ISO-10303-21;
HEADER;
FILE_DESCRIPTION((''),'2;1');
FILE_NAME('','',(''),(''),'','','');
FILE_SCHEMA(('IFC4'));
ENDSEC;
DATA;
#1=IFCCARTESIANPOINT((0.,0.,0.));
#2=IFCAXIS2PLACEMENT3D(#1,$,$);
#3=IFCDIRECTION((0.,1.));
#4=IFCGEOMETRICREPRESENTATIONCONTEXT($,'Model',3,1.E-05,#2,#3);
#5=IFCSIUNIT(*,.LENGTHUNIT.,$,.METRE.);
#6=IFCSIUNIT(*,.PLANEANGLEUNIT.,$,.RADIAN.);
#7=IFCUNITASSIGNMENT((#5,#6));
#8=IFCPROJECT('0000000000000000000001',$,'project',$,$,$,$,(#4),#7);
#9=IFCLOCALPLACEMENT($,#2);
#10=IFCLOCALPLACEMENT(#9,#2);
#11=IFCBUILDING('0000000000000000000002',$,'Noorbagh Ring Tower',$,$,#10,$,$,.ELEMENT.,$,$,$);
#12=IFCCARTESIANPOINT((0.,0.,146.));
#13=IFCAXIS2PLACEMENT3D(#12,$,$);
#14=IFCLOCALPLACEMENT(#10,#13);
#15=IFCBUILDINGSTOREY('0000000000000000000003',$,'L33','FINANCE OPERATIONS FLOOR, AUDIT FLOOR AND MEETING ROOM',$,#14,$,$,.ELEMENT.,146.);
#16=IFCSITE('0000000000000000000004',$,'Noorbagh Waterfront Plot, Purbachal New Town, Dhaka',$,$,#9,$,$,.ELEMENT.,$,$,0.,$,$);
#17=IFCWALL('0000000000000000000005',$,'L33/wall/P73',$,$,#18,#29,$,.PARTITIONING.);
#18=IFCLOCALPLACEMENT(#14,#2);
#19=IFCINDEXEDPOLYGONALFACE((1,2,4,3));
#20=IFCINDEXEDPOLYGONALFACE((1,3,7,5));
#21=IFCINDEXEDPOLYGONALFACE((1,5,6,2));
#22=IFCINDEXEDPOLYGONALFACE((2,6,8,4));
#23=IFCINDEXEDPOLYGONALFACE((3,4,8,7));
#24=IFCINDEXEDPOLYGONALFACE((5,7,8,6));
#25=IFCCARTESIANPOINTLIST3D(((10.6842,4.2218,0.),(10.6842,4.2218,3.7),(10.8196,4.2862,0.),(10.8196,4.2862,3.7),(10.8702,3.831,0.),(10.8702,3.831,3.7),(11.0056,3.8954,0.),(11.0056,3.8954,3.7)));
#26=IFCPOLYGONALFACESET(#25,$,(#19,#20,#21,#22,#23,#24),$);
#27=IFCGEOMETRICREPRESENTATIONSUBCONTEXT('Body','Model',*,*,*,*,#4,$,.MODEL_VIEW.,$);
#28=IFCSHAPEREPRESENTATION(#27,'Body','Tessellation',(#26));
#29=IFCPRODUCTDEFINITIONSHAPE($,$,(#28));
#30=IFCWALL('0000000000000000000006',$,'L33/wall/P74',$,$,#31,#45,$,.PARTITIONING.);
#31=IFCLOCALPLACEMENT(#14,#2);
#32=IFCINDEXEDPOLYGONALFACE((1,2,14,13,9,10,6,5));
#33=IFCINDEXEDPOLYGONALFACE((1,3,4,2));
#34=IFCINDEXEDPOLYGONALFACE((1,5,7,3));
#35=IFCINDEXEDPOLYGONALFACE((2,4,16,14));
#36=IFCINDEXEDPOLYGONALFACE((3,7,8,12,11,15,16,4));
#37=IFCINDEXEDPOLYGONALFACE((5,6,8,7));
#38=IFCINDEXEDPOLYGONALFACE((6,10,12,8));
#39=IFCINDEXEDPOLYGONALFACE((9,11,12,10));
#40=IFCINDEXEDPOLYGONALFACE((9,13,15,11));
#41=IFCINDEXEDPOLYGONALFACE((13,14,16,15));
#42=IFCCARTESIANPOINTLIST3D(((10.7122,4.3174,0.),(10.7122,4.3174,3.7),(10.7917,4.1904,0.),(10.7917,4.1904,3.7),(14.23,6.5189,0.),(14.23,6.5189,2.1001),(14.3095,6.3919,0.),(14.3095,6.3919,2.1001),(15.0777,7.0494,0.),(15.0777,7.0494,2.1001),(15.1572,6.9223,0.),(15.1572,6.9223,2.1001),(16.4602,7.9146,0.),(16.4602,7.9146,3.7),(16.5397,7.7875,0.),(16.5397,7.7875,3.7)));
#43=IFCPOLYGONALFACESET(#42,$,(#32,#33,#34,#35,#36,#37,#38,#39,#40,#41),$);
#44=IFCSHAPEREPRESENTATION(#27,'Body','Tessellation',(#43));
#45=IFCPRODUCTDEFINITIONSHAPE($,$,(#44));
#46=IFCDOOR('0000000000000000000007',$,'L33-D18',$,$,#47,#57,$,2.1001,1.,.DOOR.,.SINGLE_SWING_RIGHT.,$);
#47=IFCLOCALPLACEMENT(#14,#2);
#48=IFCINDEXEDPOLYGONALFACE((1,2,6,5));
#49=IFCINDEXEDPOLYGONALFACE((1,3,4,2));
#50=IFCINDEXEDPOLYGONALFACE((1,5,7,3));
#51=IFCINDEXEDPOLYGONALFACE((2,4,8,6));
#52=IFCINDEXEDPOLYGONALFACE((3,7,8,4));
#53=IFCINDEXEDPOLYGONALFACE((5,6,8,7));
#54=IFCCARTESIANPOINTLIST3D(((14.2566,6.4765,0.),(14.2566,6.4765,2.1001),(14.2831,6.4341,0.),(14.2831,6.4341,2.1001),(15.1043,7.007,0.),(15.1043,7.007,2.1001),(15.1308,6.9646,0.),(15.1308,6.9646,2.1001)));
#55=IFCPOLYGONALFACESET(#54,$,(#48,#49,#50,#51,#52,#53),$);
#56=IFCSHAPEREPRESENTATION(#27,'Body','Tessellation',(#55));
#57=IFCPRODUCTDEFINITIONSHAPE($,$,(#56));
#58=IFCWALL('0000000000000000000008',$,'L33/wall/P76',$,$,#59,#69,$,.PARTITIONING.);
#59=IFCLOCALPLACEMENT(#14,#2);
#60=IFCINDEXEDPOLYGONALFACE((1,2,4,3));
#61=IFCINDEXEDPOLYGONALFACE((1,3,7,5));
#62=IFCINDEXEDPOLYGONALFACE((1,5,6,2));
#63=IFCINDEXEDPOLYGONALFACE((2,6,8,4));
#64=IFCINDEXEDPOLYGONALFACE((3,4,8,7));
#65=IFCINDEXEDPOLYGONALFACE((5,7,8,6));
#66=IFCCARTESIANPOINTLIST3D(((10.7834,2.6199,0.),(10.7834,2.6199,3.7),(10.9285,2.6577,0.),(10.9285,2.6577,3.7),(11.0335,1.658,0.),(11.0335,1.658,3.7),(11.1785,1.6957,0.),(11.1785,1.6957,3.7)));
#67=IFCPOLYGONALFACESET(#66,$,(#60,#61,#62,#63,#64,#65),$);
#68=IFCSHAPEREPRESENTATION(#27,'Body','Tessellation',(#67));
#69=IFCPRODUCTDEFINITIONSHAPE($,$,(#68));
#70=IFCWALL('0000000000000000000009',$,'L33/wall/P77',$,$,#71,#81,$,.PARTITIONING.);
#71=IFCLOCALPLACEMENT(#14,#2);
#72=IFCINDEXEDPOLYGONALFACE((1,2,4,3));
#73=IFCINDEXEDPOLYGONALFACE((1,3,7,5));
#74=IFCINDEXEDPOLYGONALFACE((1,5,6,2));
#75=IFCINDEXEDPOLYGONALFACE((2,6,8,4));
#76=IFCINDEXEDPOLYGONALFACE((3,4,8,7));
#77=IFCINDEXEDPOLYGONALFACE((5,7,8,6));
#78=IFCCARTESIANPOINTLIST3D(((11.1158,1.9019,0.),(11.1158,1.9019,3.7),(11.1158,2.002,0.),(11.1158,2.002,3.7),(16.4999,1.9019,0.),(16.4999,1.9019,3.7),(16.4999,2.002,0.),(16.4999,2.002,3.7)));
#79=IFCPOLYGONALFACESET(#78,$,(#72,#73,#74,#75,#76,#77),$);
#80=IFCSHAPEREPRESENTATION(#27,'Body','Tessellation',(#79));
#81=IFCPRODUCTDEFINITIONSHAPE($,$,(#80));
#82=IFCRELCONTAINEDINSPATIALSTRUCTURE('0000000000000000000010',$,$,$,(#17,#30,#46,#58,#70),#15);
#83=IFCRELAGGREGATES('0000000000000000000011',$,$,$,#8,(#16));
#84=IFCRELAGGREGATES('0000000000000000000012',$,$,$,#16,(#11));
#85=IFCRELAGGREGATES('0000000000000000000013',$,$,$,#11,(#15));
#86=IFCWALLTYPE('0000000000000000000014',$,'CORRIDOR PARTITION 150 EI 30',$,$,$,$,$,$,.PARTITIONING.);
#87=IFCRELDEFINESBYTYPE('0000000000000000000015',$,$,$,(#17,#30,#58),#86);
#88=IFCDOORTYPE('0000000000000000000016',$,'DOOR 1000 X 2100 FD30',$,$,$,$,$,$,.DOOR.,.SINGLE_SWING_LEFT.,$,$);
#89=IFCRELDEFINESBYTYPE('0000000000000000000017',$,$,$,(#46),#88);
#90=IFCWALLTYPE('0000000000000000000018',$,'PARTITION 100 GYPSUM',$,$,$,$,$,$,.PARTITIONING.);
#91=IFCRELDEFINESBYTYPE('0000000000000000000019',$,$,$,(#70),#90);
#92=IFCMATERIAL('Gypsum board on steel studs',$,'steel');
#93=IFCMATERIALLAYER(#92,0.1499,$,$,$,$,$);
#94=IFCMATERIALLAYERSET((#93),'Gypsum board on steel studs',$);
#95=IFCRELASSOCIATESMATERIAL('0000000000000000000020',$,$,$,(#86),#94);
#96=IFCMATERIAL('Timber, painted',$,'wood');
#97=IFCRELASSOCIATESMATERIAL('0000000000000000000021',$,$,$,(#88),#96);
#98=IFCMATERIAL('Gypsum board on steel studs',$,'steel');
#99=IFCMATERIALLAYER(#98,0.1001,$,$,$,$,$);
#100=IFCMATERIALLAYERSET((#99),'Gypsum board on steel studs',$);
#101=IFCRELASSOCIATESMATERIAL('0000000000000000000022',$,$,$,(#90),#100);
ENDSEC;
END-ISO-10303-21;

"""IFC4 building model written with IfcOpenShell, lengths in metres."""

from ifc_helpers import new_model, si_unit, direction, frame, frame_2d, origin, place, context, subcontext, project, spatial, rectangle, extrude, material, layer, layer_set, type_object, element, fill, save


model = new_model("IFC4")

# Units and contexts
model_context = context("Model", 3, precision=1e-05, world=origin(), true_north=direction((0.0, 1.0)))
body_context = subcontext(model_context, "Body", "Model", "MODEL_VIEW")
ifc_project = project(units=[si_unit("LENGTHUNIT", "METRE"), si_unit("PLANEANGLEUNIT", "RADIAN")], contexts=[model_context])

# Site, building, storey
site_placement = place(None, origin())
site = spatial("IfcSite", under=ifc_project, at=site_placement, Name="Noorbagh Waterfront Plot, Purbachal New Town, Dhaka", CompositionType="ELEMENT", RefElevation=0.0)
building_placement = place(site_placement, origin())
building = spatial("IfcBuilding", under=site, at=building_placement, Name="Noorbagh Ring Tower", CompositionType="ELEMENT")
storey_placement = place(building_placement, frame((0.0, 0.0, 146.0)))
storey = spatial("IfcBuildingStorey", under=building, at=storey_placement, Name="L33", Description="FINANCE OPERATIONS FLOOR, AUDIT FLOOR AND MEETING ROOM", CompositionType="ELEMENT", Elevation=146.0)

# Wall
ifc_material_1 = material(Name="Gypsum board on steel studs", Category="steel")
ifc_layer_1 = layer(ifc_material_1, 0.1499)
ifc_layer_set_1 = layer_set([ifc_layer_1], Name="Gypsum board on steel studs")
wall_type_1 = type_object("IfcWallType", Name="CORRIDOR PARTITION 150 EI 30", PredefinedType="PARTITIONING", material=ifc_layer_set_1)
wall_1_placement = place(storey_placement, frame((10.752, 4.2539, 0.0), z_axis=(0.0, 0.0, 1.0), x_axis=(0.429758, -0.902944, 0.0)))
element("IfcWall", 1, at=wall_1_placement, inside=storey, type_object=wall_type_1, Name="L33/wall/P73", PredefinedType="PARTITIONING", context=body_context, shape_type="SweptSolid", body=[
    extrude(rectangle(XDim=0.4329, YDim=0.1499, at=frame_2d((0.2163, 0.0))), origin(), (0.0, 0.0, 1.0), 3.7),
])

# Wall, opening, door
wall_2_placement = place(storey_placement, frame((10.752, 4.2539, 0.0), z_axis=(0.0, 0.0, 1.0), x_axis=(0.847691, 0.530491, 0.0)))
wall_2 = element("IfcWall", 2, at=wall_2_placement, inside=storey, type_object=wall_type_1, Name="L33/wall/P74", PredefinedType="PARTITIONING", context=body_context, shape_type="SweptSolid", body=[
    extrude(rectangle(XDim=6.7808, YDim=0.1499, at=frame_2d((3.3904, 0.0))), origin(), (0.0, 0.0, 1.0), 3.7),
])
opening_1_placement = place(wall_2_placement, frame((4.1499, 0.0, 0.0)))
opening_1 = element("IfcOpeningElement", 3, at=opening_1_placement, cuts=wall_2, PredefinedType="OPENING", context=body_context, shape_type="SweptSolid", body=[
    extrude(rectangle(XDim=1.0, YDim=2.1001, at=frame_2d((0.5, 1.05))), frame((0.0, 0.085, 0.0), z_axis=(0.0, -1.0, 0.0), x_axis=(1.0, 0.0, 0.0)), (0.0, 0.0, 1.0), 0.1699),
])
ifc_material_2 = material(Name="Timber, painted", Category="wood")
door_type_1 = type_object("IfcDoorType", Name="DOOR 1000 X 2100 FD30", OperationType="SINGLE_SWING_LEFT", PredefinedType="DOOR", material=ifc_material_2)
door_1_placement = place(opening_1_placement, origin())
door_1 = element("IfcDoor", 4, at=door_1_placement, inside=storey, type_object=door_type_1, Name="L33-D18", OperationType="SINGLE_SWING_RIGHT", OverallHeight=2.1001, OverallWidth=1.0, PredefinedType="DOOR", context=body_context, shape_type="SweptSolid", body=[
    extrude(rectangle(XDim=1.0, YDim=2.1001, at=frame_2d((0.5, 1.05))), frame((0.0, 0.0249, 0.0), z_axis=(0.0, -1.0, 0.0), x_axis=(1.0, 0.0, 0.0)), (0.0, 0.0, 1.0), 0.05),
])
fill(opening_1, door_1)

# Walls
wall_3_placement = place(storey_placement, frame((10.856, 2.6389, 0.0), z_axis=(0.0, 0.0, 1.0), x_axis=(0.251542, -0.967846, 0.0)))
element("IfcWall", 5, at=wall_3_placement, inside=storey, type_object=wall_type_1, Name="L33/wall/P76", PredefinedType="PARTITIONING", context=body_context, shape_type="SweptSolid", body=[
    extrude(rectangle(XDim=0.9939, YDim=0.1499, at=frame_2d((0.4971, 0.0))), origin(), (0.0, 0.0, 1.0), 3.7),
])
ifc_material_3 = material(Name="Gypsum board on steel studs", Category="steel")
ifc_layer_2 = layer(ifc_material_3, 0.1001)
ifc_layer_set_2 = layer_set([ifc_layer_2], Name="Gypsum board on steel studs")
wall_type_2 = type_object("IfcWallType", Name="PARTITION 100 GYPSUM", PredefinedType="PARTITIONING", material=ifc_layer_set_2)
wall_4_placement = place(storey_placement, frame((11.116, 1.9519, 0.0), z_axis=(0.0, 0.0, 1.0), x_axis=(1.0, 0.0, 0.0)))
element("IfcWall", 6, at=wall_4_placement, inside=storey, type_object=wall_type_2, Name="L33/wall/P77", PredefinedType="PARTITIONING", context=body_context, shape_type="SweptSolid", body=[
    extrude(rectangle(XDim=5.384, YDim=0.1001, at=frame_2d((2.6919, 0.0))), origin(), (0.0, 0.0, 1.0), 3.7),
])

save(model, "model.ifc")
